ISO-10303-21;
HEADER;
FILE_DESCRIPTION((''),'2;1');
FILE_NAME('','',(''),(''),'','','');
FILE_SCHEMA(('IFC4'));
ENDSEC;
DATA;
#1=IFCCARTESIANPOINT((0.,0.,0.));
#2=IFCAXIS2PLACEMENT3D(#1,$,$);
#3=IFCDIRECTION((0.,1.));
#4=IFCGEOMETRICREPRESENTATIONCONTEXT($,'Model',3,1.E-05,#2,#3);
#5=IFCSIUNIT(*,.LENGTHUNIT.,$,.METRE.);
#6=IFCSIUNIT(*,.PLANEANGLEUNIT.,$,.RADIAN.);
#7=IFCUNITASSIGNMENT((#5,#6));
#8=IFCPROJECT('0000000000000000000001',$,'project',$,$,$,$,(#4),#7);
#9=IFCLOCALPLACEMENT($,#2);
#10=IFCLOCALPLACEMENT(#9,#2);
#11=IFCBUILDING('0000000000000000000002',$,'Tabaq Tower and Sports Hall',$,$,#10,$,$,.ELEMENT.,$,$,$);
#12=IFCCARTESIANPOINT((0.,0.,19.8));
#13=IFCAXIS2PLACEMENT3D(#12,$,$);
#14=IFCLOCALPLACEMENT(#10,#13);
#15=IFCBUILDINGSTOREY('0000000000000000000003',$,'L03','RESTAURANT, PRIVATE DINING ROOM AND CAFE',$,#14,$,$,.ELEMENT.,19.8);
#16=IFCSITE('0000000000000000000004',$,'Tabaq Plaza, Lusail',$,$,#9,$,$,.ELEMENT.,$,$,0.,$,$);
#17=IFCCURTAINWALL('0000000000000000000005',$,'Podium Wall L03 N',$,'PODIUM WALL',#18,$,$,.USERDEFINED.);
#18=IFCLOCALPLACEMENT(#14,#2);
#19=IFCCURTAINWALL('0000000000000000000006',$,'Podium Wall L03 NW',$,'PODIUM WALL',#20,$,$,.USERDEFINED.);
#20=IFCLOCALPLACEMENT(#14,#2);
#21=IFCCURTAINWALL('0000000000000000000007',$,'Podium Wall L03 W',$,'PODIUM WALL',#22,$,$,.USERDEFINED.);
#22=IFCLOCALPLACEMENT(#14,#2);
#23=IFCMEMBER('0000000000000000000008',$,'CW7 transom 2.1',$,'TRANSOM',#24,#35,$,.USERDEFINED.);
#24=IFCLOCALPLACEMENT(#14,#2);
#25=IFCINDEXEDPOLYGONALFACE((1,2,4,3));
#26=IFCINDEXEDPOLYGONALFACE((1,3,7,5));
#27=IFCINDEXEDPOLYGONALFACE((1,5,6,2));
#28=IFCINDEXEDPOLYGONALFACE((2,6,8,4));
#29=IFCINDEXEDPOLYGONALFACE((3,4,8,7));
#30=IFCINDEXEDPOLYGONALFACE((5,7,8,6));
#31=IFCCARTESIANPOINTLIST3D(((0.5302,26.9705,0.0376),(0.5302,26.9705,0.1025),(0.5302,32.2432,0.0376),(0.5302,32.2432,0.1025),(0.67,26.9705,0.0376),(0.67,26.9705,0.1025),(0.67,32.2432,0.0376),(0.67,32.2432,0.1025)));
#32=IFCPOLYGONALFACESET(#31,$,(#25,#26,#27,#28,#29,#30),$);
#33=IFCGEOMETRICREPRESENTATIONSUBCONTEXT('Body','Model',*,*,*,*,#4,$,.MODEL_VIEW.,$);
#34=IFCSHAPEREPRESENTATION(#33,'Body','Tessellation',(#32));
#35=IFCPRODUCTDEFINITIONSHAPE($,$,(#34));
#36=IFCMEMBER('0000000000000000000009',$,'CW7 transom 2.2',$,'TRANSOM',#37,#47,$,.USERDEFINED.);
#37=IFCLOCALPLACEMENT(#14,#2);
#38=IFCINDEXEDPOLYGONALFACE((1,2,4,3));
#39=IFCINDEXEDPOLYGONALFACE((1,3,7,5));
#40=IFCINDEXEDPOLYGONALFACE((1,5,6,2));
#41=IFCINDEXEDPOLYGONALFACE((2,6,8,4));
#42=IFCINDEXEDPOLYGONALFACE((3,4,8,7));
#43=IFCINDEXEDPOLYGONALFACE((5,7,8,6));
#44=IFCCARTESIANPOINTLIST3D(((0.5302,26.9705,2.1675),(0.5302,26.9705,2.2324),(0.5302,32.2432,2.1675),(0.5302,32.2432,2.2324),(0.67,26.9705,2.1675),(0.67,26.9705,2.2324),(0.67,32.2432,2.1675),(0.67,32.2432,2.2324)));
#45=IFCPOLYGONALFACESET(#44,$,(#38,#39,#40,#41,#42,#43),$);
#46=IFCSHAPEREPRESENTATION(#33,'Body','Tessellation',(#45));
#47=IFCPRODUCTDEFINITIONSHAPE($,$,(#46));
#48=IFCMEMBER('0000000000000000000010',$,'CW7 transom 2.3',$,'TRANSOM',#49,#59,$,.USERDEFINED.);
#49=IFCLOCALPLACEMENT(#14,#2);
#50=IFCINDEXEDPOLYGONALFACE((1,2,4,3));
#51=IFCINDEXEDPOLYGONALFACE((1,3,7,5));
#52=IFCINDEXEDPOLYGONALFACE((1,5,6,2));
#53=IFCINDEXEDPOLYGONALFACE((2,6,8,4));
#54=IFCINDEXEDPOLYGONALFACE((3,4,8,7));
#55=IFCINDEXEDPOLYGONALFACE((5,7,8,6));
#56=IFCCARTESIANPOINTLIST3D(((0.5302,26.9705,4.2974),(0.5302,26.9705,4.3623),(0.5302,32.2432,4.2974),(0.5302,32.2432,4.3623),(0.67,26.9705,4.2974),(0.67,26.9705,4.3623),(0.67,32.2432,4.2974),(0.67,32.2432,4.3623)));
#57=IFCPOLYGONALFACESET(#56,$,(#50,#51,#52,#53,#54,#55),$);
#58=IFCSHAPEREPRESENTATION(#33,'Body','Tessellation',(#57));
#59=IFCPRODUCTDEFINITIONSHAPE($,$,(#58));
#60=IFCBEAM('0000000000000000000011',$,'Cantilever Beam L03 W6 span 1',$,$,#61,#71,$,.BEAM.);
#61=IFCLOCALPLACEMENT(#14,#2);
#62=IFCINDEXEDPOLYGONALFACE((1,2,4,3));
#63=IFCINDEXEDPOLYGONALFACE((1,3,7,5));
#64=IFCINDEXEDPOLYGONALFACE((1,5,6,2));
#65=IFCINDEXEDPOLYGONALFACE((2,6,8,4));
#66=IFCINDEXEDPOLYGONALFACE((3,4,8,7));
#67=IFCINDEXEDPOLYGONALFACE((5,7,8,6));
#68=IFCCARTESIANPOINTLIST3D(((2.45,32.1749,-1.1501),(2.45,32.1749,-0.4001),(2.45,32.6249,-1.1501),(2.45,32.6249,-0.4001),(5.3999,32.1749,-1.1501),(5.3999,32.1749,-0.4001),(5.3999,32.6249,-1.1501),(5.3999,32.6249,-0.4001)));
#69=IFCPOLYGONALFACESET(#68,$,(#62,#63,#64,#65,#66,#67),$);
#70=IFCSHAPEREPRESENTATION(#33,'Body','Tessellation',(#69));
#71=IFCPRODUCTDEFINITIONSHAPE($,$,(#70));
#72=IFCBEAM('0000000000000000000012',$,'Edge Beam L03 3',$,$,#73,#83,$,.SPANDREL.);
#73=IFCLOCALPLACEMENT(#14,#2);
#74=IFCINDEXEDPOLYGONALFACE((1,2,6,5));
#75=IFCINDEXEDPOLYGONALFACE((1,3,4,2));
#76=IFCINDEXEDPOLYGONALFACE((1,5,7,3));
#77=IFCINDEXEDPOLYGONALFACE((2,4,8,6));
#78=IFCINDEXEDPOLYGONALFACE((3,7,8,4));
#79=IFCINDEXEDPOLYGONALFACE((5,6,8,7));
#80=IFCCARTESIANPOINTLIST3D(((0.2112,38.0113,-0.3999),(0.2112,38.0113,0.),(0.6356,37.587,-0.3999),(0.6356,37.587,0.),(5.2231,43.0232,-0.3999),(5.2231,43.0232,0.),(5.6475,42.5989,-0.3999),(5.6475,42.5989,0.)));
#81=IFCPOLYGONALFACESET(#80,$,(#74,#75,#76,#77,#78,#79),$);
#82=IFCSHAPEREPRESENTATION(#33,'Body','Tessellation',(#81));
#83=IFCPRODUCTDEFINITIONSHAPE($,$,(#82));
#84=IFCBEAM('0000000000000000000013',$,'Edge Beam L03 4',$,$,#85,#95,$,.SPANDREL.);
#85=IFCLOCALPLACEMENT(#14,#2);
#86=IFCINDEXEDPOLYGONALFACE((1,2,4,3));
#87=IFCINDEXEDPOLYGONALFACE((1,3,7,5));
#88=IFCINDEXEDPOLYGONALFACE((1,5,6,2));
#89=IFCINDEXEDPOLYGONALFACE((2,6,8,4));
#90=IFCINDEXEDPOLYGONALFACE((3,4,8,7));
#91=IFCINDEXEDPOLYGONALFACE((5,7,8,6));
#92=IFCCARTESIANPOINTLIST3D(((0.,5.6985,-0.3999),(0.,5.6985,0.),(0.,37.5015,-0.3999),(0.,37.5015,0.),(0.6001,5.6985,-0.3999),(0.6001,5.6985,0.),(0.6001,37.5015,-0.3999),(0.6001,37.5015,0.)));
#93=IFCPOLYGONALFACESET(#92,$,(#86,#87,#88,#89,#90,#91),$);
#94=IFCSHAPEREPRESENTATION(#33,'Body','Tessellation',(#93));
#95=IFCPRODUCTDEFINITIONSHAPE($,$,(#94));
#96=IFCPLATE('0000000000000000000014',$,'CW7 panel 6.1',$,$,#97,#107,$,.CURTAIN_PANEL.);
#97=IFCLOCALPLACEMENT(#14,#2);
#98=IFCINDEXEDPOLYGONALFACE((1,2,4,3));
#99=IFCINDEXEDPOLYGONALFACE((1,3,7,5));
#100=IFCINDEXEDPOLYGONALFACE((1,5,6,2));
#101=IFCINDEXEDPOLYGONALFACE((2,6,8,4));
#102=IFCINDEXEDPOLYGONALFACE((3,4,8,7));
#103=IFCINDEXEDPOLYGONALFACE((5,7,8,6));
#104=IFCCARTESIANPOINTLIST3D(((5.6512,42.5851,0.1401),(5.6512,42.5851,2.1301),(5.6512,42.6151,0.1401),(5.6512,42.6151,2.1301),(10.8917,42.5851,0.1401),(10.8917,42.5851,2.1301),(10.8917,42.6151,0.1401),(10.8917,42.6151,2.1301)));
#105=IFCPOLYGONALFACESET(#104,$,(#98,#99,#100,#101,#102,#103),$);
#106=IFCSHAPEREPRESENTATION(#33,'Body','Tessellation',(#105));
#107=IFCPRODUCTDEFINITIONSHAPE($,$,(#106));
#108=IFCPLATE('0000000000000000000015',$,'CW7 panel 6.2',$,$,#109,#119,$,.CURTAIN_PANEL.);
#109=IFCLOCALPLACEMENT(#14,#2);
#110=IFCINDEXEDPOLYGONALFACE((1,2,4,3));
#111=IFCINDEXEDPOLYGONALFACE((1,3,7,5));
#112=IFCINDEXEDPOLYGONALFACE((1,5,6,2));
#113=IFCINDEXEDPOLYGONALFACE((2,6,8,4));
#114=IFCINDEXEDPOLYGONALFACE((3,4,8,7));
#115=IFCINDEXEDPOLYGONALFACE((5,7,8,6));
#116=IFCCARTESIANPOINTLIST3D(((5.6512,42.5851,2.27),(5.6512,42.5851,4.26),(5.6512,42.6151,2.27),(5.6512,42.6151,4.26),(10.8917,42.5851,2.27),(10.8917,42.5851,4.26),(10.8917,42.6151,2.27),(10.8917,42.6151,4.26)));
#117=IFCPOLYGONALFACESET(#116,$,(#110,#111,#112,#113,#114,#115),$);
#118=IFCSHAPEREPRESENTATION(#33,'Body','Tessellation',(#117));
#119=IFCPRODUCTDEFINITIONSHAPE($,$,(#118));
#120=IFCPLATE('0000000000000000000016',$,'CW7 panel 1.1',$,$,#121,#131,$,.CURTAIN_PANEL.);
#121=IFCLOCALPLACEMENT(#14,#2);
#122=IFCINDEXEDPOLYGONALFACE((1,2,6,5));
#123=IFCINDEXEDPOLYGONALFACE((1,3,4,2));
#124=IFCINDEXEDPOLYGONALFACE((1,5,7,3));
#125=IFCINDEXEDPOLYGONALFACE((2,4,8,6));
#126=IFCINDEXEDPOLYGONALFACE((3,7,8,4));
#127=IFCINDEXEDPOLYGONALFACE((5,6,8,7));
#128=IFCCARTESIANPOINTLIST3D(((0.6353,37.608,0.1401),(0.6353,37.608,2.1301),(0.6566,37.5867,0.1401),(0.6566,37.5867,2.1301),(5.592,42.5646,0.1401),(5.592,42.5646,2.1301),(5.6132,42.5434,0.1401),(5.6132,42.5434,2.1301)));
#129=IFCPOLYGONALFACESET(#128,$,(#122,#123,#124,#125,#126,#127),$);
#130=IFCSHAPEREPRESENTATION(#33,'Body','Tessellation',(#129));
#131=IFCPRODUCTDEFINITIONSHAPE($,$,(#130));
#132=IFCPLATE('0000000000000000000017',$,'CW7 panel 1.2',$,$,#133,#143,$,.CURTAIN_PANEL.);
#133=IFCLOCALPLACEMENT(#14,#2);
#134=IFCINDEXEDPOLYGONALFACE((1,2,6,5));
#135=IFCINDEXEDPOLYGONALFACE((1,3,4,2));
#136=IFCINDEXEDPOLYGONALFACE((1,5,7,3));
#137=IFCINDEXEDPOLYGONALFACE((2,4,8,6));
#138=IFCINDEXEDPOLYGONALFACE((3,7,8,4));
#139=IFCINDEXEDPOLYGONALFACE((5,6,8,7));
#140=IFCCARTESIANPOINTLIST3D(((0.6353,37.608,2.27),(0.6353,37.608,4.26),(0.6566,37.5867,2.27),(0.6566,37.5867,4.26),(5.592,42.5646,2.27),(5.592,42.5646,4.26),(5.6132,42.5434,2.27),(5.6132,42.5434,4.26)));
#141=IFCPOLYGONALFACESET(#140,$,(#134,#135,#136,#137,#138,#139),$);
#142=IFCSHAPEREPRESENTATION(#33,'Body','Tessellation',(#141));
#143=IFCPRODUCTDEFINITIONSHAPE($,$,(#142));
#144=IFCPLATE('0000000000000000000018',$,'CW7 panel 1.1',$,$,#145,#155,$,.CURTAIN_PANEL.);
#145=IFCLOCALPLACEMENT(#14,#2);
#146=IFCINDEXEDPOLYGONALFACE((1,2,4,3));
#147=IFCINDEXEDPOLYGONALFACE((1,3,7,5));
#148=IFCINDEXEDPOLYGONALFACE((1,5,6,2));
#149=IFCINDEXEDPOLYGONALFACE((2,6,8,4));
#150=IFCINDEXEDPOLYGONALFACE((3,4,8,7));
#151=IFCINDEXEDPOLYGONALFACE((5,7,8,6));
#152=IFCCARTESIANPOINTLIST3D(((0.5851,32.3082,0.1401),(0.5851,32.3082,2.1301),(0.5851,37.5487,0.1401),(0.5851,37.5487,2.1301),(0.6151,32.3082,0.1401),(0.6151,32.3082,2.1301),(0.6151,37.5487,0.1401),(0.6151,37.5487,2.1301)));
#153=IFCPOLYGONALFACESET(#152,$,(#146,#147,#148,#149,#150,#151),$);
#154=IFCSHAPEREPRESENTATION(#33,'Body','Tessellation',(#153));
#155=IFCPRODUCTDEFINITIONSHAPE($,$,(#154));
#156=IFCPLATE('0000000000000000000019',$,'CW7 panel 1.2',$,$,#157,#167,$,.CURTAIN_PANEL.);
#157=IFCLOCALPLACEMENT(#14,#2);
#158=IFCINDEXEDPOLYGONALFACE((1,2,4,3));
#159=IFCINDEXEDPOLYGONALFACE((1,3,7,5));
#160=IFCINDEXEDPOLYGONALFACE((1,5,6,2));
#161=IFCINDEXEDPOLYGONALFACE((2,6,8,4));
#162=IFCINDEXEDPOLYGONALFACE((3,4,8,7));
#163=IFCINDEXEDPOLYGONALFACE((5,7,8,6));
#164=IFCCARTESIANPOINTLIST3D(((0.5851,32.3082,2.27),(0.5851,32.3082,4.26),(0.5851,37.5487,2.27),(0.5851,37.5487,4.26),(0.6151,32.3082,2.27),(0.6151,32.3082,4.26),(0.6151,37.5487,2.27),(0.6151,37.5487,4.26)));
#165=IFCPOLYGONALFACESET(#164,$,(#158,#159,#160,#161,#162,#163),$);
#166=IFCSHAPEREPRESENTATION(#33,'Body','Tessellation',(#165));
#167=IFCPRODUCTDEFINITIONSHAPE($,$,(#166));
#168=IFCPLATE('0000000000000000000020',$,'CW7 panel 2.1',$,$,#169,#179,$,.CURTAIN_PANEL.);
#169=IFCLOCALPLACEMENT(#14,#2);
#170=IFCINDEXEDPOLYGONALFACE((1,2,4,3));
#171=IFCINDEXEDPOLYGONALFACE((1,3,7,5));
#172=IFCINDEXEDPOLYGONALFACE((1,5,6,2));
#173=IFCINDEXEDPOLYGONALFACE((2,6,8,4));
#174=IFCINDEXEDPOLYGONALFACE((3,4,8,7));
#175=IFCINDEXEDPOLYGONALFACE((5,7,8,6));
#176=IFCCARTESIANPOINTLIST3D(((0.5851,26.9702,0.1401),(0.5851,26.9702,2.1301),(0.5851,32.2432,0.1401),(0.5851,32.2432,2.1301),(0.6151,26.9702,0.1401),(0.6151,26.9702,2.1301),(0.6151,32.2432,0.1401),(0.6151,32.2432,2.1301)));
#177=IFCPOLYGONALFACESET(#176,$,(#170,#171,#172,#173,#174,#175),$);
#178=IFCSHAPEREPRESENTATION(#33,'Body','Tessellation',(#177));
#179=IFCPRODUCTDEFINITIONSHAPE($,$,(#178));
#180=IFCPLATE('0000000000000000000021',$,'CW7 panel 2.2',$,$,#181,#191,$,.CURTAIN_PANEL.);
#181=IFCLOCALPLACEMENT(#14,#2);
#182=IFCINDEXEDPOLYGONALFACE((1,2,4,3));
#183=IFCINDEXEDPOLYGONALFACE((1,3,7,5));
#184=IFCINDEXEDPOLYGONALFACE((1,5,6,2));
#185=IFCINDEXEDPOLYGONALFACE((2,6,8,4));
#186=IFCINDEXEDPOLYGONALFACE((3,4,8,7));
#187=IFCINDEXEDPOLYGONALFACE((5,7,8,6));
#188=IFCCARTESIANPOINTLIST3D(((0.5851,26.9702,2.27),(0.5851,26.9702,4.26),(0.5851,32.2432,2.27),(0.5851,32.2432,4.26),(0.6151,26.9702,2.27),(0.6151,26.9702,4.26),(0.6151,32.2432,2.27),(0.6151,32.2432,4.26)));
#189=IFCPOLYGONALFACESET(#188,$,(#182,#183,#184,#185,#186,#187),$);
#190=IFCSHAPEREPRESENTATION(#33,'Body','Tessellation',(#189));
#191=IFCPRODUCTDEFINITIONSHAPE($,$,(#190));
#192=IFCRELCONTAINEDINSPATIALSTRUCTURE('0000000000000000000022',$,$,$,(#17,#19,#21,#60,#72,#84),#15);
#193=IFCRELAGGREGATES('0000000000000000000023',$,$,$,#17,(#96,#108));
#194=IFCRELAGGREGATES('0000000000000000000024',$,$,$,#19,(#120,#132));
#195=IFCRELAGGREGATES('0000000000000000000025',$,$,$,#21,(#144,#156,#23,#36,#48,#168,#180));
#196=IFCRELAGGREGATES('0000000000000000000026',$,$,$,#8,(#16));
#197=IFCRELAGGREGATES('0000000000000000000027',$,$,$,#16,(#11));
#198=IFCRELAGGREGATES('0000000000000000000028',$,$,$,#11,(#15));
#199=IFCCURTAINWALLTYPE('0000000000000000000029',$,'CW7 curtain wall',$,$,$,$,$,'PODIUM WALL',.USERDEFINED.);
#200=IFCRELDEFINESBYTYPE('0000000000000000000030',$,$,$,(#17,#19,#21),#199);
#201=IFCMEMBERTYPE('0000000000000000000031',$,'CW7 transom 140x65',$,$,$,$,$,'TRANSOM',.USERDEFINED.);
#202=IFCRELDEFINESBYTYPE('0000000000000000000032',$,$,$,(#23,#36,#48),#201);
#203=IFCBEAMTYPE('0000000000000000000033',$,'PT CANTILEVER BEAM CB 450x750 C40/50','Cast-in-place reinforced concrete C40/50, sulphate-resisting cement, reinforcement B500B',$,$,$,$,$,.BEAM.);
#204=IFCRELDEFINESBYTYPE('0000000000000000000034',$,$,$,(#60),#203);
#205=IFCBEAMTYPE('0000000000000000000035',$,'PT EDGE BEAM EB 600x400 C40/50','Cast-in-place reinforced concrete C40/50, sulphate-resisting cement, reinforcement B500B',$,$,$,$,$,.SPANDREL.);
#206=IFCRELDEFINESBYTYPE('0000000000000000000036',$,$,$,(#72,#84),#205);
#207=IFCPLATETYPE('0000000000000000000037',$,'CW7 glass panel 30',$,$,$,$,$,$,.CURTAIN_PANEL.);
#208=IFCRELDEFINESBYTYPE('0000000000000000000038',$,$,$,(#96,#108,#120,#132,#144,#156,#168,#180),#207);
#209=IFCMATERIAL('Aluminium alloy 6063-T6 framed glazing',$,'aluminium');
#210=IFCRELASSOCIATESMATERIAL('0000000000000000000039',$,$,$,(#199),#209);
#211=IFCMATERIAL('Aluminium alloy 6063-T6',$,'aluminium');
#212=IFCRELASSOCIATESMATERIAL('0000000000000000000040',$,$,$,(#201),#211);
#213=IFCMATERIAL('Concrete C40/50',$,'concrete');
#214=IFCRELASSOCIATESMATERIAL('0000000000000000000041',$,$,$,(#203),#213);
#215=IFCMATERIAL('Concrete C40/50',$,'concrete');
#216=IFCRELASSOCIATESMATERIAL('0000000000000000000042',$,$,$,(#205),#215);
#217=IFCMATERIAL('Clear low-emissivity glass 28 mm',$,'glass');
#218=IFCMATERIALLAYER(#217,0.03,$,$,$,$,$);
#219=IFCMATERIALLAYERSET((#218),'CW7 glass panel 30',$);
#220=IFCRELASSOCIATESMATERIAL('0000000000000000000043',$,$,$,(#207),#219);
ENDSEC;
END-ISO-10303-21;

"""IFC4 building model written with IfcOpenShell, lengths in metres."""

from ifc_helpers import new_model, si_unit, direction, frame, origin, origin_2d, place, context, subcontext, project, spatial, rectangle, extrude, material, layer, layer_set, material_profile, profile_set, type_object, element, aggregate, save


model = new_model("IFC4")

# Units and contexts
model_context = context("Model", 3, precision=1e-05, world=origin(), true_north=direction((0.0, 1.0)))
body_context = subcontext(model_context, "Body", "Model", "MODEL_VIEW")
ifc_project = project(units=[si_unit("LENGTHUNIT", "METRE"), si_unit("PLANEANGLEUNIT", "RADIAN")], contexts=[model_context])

# Site, building, storey
site_placement = place(None, origin())
site = spatial("IfcSite", under=ifc_project, at=site_placement, Name="Tabaq Plaza, Lusail", CompositionType="ELEMENT", RefElevation=0.0)
building_placement = place(site_placement, origin())
building = spatial("IfcBuilding", under=site, at=building_placement, Name="Tabaq Tower and Sports Hall", CompositionType="ELEMENT")
storey_placement = place(building_placement, frame((0.0, 0.0, 19.8)))
storey = spatial("IfcBuildingStorey", under=building, at=storey_placement, Name="L03", Description="RESTAURANT, PRIVATE DINING ROOM AND CAFE", CompositionType="ELEMENT", Elevation=19.8)

# Curtain wall
ifc_material_1 = material(Name="Aluminium alloy 6063-T6 framed glazing", Category="aluminium")
curtain_wall_type = type_object("IfcCurtainWallType", Name="CW7 curtain wall", ElementType="PODIUM WALL", PredefinedType="USERDEFINED", material=ifc_material_1)
curtain_wall_1_placement = place(storey_placement, origin())
curtain_wall_1 = element("IfcCurtainWall", 1, at=curtain_wall_1_placement, inside=storey, type_object=curtain_wall_type, Name="Podium Wall L03 N", ObjectType="PODIUM WALL", PredefinedType="USERDEFINED")

# Curtain walls
curtain_wall_2_placement = place(storey_placement, origin())
curtain_wall_2 = element("IfcCurtainWall", 2, at=curtain_wall_2_placement, inside=storey, type_object=curtain_wall_type, Name="Podium Wall L03 NW", ObjectType="PODIUM WALL", PredefinedType="USERDEFINED")
curtain_wall_3_placement = place(storey_placement, origin())
curtain_wall_3 = element("IfcCurtainWall", 3, at=curtain_wall_3_placement, inside=storey, type_object=curtain_wall_type, Name="Podium Wall L03 W", ObjectType="PODIUM WALL", PredefinedType="USERDEFINED")

# Members
ifc_material_2 = material(Name="Aluminium alloy 6063-T6", Category="aluminium")
ifc_material_profile_1 = material_profile(ifc_material_2, rectangle(XDim=0.1399, YDim=0.0649, at=origin_2d()), Name="TRANSOM 140x65")
ifc_profile_set_1 = profile_set([ifc_material_profile_1], Name="Aluminium alloy 6063-T6")
member_type_1 = type_object("IfcMemberType", Name="CW7 transom 140x65", ElementType="TRANSOM", PredefinedType="USERDEFINED", material=ifc_profile_set_1)
member_1_placement = place(storey_placement, frame((0.6001, 32.2432, 0.0701), z_axis=(0.0, -1.0, 0.0), x_axis=(1.0, 0.0, 0.0)))
member_1 = element("IfcMember", 4, at=member_1_placement, type_object=member_type_1, Name="CW7 transom 2.1", ObjectType="TRANSOM", PredefinedType="USERDEFINED", context=body_context, shape_type="SweptSolid", body=[
    extrude(rectangle(XDim=0.1399, YDim=0.0649, at=origin_2d()), origin(), (0.0, 0.0, 1.0), 5.2727),
])
member_2_placement = place(storey_placement, frame((0.6001, 32.2432, 2.2), z_axis=(0.0, -1.0, 0.0), x_axis=(1.0, 0.0, 0.0)))
member_2 = element("IfcMember", 5, at=member_2_placement, type_object=member_type_1, Name="CW7 transom 2.2", ObjectType="TRANSOM", PredefinedType="USERDEFINED", context=body_context, shape_type="SweptSolid", body=[
    extrude(rectangle(XDim=0.1399, YDim=0.0649, at=origin_2d()), origin(), (0.0, 0.0, 1.0), 5.2727),
])
member_3_placement = place(storey_placement, frame((0.6001, 32.2432, 4.3298), z_axis=(0.0, -1.0, 0.0), x_axis=(1.0, 0.0, 0.0)))
member_3 = element("IfcMember", 6, at=member_3_placement, type_object=member_type_1, Name="CW7 transom 2.3", ObjectType="TRANSOM", PredefinedType="USERDEFINED", context=body_context, shape_type="SweptSolid", body=[
    extrude(rectangle(XDim=0.1399, YDim=0.0649, at=origin_2d()), origin(), (0.0, 0.0, 1.0), 5.2727),
])

# Beams
ifc_material_3 = material(Name="Concrete C40/50", Category="concrete")
ifc_material_profile_2 = material_profile(ifc_material_3, rectangle(XDim=0.45, YDim=0.75, at=origin_2d()), Name="CB 450x750")
ifc_profile_set_2 = profile_set([ifc_material_profile_2], Name="Concrete C40/50")
beam_type_1 = type_object("IfcBeamType", Name="PT CANTILEVER BEAM CB 450x750 C40/50", Description="Cast-in-place reinforced concrete C40/50, sulphate-resisting cement, reinforcement B500B", PredefinedType="BEAM", material=ifc_profile_set_2)
beam_1_placement = place(storey_placement, frame((2.45, 32.3999, -0.7751), z_axis=(1.0, 0.0, 0.0), x_axis=(0.0, 1.0, 0.0)))
element("IfcBeam", 7, at=beam_1_placement, inside=storey, type_object=beam_type_1, Name="Cantilever Beam L03 W6 span 1", PredefinedType="BEAM", context=body_context, shape_type="SweptSolid", body=[
    extrude(rectangle(XDim=0.45, YDim=0.75, at=origin_2d()), origin(), (0.0, 0.0, 1.0), 2.95),
])
ifc_material_4 = material(Name="Concrete C40/50", Category="concrete")
ifc_material_profile_3 = material_profile(ifc_material_4, rectangle(XDim=0.6001, YDim=0.3999, at=origin_2d()), Name="EB 600x400")
ifc_profile_set_3 = profile_set([ifc_material_profile_3], Name="Concrete C40/50")
beam_type_2 = type_object("IfcBeamType", Name="PT EDGE BEAM EB 600x400 C40/50", Description="Cast-in-place reinforced concrete C40/50, sulphate-resisting cement, reinforcement B500B", PredefinedType="SPANDREL", material=ifc_profile_set_3)
beam_2_placement = place(storey_placement, frame((5.4353, 42.811, -0.2), z_axis=(-0.707107, -0.707107, 0.0), x_axis=(0.707107, -0.707107, 0.0)))
element("IfcBeam", 8, at=beam_2_placement, inside=storey, type_object=beam_type_2, Name="Edge Beam L03 3", PredefinedType="SPANDREL", context=body_context, shape_type="SweptSolid", body=[
    extrude(rectangle(XDim=0.6001, YDim=0.3999, at=origin_2d()), origin(), (0.0, 0.0, 1.0), 7.0879),
])
beam_3_placement = place(storey_placement, frame((0.3, 37.5015, -0.2), z_axis=(0.0, -1.0, 0.0), x_axis=(1.0, 0.0, 0.0)))
element("IfcBeam", 9, at=beam_3_placement, inside=storey, type_object=beam_type_2, Name="Edge Beam L03 4", PredefinedType="SPANDREL", context=body_context, shape_type="SweptSolid", body=[
    extrude(rectangle(XDim=0.6001, YDim=0.3999, at=origin_2d()), origin(), (0.0, 0.0, 1.0), 31.803),
])

# Plates
ifc_material_5 = material(Name="Clear low-emissivity glass 28 mm", Category="glass")
ifc_layer_1 = layer(ifc_material_5, 0.03)
ifc_layer_set_1 = layer_set([ifc_layer_1], Name="CW7 glass panel 30")
plate_type = type_object("IfcPlateType", Name="CW7 glass panel 30", PredefinedType="CURTAIN_PANEL", material=ifc_layer_set_1)
plate_1_placement = place(storey_placement, frame((8.2715, 42.6001, 0.1401), z_axis=(0.0, 0.0, 1.0), x_axis=(-1.0, 0.0, 0.0)))
plate_1 = element("IfcPlate", 10, at=plate_1_placement, type_object=plate_type, Name="CW7 panel 6.1", PredefinedType="CURTAIN_PANEL", context=body_context, shape_type="SweptSolid", body=[
    extrude(rectangle(XDim=5.2405, YDim=0.03, at=origin_2d()), origin(), (0.0, 0.0, 1.0), 1.99),
])
plate_2_placement = place(storey_placement, frame((8.2715, 42.6001, 2.27), z_axis=(0.0, 0.0, 1.0), x_axis=(-1.0, 0.0, 0.0)))
plate_2 = element("IfcPlate", 11, at=plate_2_placement, type_object=plate_type, Name="CW7 panel 6.2", PredefinedType="CURTAIN_PANEL", context=body_context, shape_type="SweptSolid", body=[
    extrude(rectangle(XDim=5.2405, YDim=0.03, at=origin_2d()), origin(), (0.0, 0.0, 1.0), 1.99),
])
aggregate(curtain_wall_1, [plate_1, plate_2])
plate_3_placement = place(storey_placement, frame((3.1243, 40.0757, 0.1401), z_axis=(0.0, 0.0, 1.0), x_axis=(-0.707107, -0.707107, 0.0)))
plate_3 = element("IfcPlate", 12, at=plate_3_placement, type_object=plate_type, Name="CW7 panel 1.1", PredefinedType="CURTAIN_PANEL", context=body_context, shape_type="SweptSolid", body=[
    extrude(rectangle(XDim=7.0098, YDim=0.03, at=origin_2d()), origin(), (0.0, 0.0, 1.0), 1.99),
])
plate_4_placement = place(storey_placement, frame((3.1243, 40.0757, 2.27), z_axis=(0.0, 0.0, 1.0), x_axis=(-0.707107, -0.707107, 0.0)))
plate_4 = element("IfcPlate", 13, at=plate_4_placement, type_object=plate_type, Name="CW7 panel 1.2", PredefinedType="CURTAIN_PANEL", context=body_context, shape_type="SweptSolid", body=[
    extrude(rectangle(XDim=7.0098, YDim=0.03, at=origin_2d()), origin(), (0.0, 0.0, 1.0), 1.99),
])
aggregate(curtain_wall_2, [plate_3, plate_4])
plate_5_placement = place(storey_placement, frame((0.6001, 34.9285, 0.1401), z_axis=(0.0, 0.0, 1.0), x_axis=(0.0, -1.0, 0.0)))
plate_5 = element("IfcPlate", 14, at=plate_5_placement, type_object=plate_type, Name="CW7 panel 1.1", PredefinedType="CURTAIN_PANEL", context=body_context, shape_type="SweptSolid", body=[
    extrude(rectangle(XDim=5.2405, YDim=0.03, at=origin_2d()), origin(), (0.0, 0.0, 1.0), 1.99),
])
plate_6_placement = place(storey_placement, frame((0.6001, 34.9285, 2.27), z_axis=(0.0, 0.0, 1.0), x_axis=(0.0, -1.0, 0.0)))
plate_6 = element("IfcPlate", 15, at=plate_6_placement, type_object=plate_type, Name="CW7 panel 1.2", PredefinedType="CURTAIN_PANEL", context=body_context, shape_type="SweptSolid", body=[
    extrude(rectangle(XDim=5.2405, YDim=0.03, at=origin_2d()), origin(), (0.0, 0.0, 1.0), 1.99),
])
plate_7_placement = place(storey_placement, frame((0.6001, 29.6067, 0.1401), z_axis=(0.0, 0.0, 1.0), x_axis=(0.0, -1.0, 0.0)))
plate_7 = element("IfcPlate", 16, at=plate_7_placement, type_object=plate_type, Name="CW7 panel 2.1", PredefinedType="CURTAIN_PANEL", context=body_context, shape_type="SweptSolid", body=[
    extrude(rectangle(XDim=5.2729, YDim=0.03, at=origin_2d()), origin(), (0.0, 0.0, 1.0), 1.99),
])
plate_8_placement = place(storey_placement, frame((0.6001, 29.6067, 2.27), z_axis=(0.0, 0.0, 1.0), x_axis=(0.0, -1.0, 0.0)))
plate_8 = element("IfcPlate", 17, at=plate_8_placement, type_object=plate_type, Name="CW7 panel 2.2", PredefinedType="CURTAIN_PANEL", context=body_context, shape_type="SweptSolid", body=[
    extrude(rectangle(XDim=5.2729, YDim=0.03, at=origin_2d()), origin(), (0.0, 0.0, 1.0), 1.99),
])
aggregate(curtain_wall_3, [plate_5, plate_6, member_1, member_2, member_3, plate_7, plate_8])

save(model, "model.ifc")
